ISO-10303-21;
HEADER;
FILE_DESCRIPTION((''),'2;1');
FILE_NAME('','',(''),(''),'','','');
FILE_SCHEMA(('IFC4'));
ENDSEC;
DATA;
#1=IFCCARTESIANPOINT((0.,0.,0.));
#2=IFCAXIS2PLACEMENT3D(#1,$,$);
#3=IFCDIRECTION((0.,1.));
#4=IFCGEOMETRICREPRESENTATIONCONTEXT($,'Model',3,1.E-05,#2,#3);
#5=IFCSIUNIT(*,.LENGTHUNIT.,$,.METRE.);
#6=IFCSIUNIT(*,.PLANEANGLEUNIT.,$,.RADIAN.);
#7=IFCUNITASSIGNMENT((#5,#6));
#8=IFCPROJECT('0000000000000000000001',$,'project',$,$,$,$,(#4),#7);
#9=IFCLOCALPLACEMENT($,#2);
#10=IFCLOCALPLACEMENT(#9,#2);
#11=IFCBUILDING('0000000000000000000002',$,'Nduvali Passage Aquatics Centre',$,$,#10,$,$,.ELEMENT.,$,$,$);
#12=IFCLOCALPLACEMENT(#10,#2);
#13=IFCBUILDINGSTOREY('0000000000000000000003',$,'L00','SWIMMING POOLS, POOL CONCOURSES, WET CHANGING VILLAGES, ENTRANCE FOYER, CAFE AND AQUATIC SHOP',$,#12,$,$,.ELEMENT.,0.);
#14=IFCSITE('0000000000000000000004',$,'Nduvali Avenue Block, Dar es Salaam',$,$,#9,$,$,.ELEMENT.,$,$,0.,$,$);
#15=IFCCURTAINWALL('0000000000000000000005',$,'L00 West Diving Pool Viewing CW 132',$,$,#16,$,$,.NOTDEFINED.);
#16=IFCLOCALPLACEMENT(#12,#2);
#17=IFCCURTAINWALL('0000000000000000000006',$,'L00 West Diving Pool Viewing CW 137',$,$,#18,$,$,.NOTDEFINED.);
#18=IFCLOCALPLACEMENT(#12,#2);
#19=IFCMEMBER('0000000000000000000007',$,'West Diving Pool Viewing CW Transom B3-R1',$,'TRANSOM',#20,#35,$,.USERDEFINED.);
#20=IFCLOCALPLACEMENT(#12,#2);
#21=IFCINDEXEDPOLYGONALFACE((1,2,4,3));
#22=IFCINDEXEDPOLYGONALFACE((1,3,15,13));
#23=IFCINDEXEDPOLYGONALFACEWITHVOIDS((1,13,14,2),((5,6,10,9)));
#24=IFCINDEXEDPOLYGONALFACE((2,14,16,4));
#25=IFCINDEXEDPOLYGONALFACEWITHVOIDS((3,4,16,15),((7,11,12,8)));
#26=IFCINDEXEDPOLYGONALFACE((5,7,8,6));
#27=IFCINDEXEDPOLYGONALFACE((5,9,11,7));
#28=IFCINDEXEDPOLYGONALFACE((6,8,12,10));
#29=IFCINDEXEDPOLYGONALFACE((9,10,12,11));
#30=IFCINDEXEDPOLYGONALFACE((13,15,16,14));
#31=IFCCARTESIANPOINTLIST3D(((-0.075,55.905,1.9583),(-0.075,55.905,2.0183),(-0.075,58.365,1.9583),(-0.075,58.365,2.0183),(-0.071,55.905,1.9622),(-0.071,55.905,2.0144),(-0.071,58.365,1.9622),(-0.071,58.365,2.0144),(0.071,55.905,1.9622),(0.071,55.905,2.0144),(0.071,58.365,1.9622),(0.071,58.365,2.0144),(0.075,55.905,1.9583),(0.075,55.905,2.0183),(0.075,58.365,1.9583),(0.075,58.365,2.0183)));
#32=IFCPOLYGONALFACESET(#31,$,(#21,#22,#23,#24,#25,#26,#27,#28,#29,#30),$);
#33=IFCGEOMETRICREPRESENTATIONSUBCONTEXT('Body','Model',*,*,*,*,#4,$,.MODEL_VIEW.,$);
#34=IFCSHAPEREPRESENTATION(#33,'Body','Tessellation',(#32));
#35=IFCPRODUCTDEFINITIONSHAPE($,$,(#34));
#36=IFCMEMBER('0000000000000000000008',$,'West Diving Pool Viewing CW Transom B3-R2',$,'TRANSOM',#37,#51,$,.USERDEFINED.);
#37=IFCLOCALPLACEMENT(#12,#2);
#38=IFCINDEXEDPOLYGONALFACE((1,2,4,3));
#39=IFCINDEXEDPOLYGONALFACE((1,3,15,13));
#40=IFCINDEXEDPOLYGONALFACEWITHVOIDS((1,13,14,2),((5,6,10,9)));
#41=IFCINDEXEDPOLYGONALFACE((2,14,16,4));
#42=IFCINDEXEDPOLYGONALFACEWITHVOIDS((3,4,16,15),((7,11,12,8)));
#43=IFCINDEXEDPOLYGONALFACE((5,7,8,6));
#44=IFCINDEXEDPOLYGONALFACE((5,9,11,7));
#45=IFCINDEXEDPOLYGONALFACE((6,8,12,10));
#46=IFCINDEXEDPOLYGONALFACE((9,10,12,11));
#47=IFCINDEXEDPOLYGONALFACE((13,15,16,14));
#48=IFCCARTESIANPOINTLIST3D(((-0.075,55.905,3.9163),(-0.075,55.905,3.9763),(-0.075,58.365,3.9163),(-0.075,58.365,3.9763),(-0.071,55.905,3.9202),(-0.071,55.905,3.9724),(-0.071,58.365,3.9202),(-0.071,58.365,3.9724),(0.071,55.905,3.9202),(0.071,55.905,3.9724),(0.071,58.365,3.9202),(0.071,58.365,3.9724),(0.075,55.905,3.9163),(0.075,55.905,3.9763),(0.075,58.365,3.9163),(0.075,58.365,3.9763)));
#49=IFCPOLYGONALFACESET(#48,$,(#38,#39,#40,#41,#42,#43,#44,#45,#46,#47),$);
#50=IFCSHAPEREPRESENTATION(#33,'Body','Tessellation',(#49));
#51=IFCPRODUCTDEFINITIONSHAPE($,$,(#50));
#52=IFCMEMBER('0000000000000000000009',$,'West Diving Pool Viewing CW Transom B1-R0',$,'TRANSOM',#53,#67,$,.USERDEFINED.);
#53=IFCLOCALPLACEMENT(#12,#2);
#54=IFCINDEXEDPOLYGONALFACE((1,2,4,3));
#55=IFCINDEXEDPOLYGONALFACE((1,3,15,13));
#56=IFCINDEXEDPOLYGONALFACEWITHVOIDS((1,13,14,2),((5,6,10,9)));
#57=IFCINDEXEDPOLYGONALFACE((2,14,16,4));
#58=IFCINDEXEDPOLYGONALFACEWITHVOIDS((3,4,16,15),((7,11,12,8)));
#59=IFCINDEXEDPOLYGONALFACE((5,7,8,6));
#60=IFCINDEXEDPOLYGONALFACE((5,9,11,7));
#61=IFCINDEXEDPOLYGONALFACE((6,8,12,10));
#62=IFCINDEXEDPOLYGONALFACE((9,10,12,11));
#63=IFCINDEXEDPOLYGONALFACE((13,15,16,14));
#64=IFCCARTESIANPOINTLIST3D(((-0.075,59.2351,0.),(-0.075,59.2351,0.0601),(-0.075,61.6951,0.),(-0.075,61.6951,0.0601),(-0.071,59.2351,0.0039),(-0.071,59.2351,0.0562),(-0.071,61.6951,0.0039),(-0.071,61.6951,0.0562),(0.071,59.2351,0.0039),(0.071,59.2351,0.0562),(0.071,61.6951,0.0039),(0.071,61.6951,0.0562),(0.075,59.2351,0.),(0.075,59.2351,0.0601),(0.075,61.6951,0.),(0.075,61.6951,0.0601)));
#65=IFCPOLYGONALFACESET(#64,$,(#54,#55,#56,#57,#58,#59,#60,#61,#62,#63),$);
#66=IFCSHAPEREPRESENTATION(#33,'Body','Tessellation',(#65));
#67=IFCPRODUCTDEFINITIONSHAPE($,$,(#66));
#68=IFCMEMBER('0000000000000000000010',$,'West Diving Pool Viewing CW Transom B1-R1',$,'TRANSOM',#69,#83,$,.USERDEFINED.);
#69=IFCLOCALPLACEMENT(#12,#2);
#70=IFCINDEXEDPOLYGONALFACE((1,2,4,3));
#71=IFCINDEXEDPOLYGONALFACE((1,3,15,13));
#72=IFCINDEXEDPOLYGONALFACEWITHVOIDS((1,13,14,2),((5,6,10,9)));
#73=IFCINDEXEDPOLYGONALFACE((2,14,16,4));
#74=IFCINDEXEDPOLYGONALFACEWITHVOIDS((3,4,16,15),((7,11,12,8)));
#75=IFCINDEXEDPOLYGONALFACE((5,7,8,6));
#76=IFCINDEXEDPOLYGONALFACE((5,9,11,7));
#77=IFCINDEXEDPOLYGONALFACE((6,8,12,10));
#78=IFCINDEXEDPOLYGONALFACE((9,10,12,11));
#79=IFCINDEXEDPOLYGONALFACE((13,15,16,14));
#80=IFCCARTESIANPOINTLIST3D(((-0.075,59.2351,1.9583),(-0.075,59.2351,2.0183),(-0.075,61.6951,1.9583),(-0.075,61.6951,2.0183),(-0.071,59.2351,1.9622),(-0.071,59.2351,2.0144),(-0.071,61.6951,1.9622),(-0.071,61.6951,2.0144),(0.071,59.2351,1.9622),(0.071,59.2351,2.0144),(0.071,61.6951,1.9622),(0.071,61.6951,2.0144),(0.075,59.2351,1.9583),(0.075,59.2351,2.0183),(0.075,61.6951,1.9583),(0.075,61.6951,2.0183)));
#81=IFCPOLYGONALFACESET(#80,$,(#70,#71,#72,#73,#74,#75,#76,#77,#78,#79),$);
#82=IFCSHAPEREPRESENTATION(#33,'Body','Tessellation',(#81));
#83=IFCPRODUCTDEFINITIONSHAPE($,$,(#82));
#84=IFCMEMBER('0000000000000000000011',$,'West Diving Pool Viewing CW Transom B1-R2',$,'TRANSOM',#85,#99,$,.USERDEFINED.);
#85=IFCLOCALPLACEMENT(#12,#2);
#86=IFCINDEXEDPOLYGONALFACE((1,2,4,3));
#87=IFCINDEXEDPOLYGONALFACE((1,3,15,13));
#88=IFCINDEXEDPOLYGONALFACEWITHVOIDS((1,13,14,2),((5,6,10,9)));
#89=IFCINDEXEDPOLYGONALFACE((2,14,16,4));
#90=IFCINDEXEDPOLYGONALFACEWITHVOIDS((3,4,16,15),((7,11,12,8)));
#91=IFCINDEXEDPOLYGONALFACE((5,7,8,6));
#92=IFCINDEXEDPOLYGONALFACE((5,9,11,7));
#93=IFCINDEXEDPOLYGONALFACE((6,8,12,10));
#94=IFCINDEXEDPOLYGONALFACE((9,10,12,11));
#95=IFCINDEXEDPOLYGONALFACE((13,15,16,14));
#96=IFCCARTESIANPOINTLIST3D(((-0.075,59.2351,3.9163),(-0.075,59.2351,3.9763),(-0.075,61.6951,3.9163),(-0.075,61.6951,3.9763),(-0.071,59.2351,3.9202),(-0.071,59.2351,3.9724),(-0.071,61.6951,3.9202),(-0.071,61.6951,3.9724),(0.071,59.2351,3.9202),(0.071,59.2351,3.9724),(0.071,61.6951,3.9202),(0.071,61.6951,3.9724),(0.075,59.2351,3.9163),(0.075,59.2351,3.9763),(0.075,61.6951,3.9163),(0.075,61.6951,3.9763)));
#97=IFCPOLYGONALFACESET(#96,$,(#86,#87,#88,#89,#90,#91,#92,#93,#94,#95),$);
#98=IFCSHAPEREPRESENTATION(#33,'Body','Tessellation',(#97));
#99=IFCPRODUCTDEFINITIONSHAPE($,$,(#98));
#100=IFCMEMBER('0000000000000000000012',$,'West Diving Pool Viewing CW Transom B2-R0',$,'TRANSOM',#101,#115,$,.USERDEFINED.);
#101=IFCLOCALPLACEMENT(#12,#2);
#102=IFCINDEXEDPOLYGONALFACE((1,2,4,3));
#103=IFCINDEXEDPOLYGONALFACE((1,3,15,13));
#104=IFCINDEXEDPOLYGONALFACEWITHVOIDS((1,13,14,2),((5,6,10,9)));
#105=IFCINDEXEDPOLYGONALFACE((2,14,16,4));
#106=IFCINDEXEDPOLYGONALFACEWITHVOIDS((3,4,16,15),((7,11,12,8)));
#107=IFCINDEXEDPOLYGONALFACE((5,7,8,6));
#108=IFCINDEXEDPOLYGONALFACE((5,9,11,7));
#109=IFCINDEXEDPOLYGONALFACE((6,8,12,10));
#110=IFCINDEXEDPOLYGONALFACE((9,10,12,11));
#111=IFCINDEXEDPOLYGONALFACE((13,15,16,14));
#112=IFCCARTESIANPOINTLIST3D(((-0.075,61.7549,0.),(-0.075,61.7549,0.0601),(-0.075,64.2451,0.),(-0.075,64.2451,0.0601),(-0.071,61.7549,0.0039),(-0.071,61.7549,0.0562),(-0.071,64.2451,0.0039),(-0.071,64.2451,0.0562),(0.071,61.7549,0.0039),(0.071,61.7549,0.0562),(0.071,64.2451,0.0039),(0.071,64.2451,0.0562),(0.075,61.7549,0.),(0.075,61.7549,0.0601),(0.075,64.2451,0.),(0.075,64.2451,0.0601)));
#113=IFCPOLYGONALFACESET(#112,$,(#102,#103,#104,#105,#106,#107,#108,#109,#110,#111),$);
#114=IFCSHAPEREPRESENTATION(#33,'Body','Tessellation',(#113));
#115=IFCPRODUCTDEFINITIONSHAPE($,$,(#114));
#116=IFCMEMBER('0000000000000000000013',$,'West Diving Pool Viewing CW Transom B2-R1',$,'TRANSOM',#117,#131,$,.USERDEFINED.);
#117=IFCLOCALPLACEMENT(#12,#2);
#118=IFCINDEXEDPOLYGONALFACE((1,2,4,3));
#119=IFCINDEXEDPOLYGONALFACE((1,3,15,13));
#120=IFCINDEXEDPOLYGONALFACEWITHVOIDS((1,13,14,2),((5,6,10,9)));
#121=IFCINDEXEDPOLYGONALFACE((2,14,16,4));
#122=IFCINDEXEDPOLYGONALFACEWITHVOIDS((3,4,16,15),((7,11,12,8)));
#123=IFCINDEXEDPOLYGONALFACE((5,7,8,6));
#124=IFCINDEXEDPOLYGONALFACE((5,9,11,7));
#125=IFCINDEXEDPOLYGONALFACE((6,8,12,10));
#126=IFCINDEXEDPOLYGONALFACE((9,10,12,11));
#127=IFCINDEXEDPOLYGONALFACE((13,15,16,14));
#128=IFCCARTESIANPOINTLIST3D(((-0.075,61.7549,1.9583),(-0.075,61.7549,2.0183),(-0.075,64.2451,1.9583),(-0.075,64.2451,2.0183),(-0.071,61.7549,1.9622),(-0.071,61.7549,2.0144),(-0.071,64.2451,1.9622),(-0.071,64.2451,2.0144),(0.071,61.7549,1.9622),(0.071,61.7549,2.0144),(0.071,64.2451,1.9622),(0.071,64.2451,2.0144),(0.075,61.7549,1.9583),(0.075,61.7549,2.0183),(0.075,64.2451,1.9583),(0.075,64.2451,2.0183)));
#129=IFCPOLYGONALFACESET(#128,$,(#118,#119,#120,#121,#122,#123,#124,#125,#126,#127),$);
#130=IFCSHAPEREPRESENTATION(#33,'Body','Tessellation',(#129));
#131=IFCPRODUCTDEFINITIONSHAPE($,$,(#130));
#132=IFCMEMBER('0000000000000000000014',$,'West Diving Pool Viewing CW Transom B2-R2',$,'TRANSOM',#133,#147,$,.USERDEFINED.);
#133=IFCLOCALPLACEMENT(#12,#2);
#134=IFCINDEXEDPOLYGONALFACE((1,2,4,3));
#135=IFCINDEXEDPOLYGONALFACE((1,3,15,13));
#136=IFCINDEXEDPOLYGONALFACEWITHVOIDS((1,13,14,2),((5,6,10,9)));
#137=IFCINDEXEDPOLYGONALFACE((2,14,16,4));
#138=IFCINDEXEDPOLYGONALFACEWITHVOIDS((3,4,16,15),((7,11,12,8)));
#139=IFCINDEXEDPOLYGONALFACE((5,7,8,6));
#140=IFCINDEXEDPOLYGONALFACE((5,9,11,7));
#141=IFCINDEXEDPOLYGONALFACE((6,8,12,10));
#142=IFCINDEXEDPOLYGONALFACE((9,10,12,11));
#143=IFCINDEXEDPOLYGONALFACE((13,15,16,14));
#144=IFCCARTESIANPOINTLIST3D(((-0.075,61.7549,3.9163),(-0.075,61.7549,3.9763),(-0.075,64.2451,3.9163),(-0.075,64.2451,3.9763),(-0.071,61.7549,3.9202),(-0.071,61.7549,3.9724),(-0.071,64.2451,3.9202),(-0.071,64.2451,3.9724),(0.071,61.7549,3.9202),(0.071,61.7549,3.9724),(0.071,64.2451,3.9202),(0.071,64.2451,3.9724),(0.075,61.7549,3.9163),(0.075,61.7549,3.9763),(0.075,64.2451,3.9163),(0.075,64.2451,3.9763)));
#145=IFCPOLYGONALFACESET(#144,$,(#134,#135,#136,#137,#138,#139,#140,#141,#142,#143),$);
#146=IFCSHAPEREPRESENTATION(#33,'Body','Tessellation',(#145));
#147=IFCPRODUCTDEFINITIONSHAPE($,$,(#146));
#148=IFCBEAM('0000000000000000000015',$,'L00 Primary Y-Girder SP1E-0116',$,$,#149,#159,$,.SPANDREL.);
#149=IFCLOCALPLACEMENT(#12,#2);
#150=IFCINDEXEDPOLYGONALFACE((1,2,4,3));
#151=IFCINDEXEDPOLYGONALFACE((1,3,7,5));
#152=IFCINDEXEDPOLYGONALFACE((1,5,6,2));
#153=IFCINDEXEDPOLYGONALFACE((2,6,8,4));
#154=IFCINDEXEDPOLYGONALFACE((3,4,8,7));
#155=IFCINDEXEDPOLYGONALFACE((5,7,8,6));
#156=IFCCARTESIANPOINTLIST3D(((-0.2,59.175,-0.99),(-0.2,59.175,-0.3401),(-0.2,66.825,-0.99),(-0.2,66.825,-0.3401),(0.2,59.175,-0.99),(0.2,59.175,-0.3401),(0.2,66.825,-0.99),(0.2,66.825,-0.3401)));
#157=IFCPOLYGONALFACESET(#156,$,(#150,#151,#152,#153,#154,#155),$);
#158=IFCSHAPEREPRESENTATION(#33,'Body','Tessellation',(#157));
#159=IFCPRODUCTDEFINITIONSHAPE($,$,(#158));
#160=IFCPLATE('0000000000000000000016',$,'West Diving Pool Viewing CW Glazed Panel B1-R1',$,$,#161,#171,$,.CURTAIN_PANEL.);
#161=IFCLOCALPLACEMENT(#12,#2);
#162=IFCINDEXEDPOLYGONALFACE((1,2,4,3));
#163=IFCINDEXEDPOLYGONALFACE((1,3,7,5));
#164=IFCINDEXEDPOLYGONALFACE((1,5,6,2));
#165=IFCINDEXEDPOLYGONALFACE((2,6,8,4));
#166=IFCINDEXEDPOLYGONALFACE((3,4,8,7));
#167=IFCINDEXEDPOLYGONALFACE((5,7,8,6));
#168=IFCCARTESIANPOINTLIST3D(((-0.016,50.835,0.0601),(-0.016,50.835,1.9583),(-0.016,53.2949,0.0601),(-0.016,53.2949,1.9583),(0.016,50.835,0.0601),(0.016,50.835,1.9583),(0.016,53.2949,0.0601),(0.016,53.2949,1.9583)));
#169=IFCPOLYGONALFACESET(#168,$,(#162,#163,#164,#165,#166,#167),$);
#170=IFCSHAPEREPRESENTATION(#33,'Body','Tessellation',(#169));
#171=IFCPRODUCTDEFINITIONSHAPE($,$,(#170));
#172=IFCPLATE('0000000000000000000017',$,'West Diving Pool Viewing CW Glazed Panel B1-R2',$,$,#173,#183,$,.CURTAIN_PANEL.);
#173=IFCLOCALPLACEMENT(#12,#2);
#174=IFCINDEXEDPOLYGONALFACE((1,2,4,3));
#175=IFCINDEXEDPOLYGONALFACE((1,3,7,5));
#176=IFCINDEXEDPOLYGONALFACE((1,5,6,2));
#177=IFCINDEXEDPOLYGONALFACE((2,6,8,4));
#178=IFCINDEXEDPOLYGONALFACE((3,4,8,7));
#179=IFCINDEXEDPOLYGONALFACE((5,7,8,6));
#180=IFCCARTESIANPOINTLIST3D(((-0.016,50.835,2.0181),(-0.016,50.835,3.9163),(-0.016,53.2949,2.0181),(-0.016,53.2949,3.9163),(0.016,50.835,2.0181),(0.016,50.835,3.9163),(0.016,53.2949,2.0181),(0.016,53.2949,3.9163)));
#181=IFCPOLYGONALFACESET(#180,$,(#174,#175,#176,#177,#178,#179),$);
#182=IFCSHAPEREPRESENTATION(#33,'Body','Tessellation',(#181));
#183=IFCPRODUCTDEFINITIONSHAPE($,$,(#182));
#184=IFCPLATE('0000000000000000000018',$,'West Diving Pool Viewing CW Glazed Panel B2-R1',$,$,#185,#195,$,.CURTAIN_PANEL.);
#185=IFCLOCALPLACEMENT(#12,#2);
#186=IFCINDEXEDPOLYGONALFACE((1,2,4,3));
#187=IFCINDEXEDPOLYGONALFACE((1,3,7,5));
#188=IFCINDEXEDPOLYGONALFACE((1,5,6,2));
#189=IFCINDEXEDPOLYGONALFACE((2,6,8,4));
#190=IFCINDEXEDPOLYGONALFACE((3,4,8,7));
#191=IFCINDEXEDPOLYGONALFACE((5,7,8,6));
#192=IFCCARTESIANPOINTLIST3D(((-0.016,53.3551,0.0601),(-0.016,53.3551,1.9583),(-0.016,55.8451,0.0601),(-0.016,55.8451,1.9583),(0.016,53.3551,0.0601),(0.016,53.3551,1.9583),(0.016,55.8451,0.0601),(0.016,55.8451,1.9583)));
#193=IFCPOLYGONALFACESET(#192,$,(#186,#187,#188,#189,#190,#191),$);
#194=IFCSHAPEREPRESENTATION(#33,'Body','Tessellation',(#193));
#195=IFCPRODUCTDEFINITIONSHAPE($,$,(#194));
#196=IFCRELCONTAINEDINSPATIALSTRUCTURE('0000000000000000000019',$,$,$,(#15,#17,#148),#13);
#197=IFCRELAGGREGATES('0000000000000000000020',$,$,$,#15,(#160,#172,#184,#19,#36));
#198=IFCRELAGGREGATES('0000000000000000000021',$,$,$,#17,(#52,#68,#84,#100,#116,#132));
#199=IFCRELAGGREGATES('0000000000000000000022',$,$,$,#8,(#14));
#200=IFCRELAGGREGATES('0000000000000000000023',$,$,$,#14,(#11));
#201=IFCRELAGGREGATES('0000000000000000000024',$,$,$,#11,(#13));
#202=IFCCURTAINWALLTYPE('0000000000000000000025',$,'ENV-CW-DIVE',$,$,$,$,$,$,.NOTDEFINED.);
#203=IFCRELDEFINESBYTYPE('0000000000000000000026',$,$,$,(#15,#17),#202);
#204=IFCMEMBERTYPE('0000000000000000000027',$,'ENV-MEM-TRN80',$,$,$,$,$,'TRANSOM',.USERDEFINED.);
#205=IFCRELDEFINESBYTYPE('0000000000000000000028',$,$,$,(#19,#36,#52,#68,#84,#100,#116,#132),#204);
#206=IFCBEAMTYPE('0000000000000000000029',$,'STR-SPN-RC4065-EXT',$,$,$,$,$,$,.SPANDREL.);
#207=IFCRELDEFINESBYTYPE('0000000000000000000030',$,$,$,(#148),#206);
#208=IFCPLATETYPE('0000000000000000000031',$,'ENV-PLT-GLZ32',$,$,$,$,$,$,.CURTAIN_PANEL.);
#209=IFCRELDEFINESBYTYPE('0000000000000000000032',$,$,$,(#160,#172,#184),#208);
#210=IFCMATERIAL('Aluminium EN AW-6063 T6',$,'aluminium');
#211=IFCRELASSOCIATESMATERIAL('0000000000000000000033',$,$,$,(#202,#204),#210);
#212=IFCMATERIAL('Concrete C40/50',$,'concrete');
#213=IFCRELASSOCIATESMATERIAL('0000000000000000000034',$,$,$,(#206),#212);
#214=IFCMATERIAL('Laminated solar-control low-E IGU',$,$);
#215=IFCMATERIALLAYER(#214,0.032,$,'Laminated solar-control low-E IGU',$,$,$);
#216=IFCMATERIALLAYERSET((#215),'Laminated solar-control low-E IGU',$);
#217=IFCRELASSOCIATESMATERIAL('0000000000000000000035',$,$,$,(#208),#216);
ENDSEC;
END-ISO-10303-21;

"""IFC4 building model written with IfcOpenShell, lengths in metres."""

from ifc_helpers import new_model, si_unit, direction, frame, origin, origin_2d, place, context, subcontext, project, spatial, rectangle, hollow_rectangle, extrude, material, layer, layer_set, material_profile, profile_set, type_object, element, aggregate, save


model = new_model("IFC4")

# Units and contexts
model_context = context("Model", 3, precision=1e-05, world=origin(), true_north=direction((0.0, 1.0)))
body_context = subcontext(model_context, "Body", "Model", "MODEL_VIEW")
ifc_project = project(units=[si_unit("LENGTHUNIT", "METRE"), si_unit("PLANEANGLEUNIT", "RADIAN")], contexts=[model_context])

# Site, building, storey
site_placement = place(None, origin())
site = spatial("IfcSite", under=ifc_project, at=site_placement, Name="Nduvali Avenue Block, Dar es Salaam", CompositionType="ELEMENT", RefElevation=0.0)
building_placement = place(site_placement, origin())
building = spatial("IfcBuilding", under=site, at=building_placement, Name="Nduvali Passage Aquatics Centre", CompositionType="ELEMENT")
storey_placement = place(building_placement, origin())
storey = spatial("IfcBuildingStorey", under=building, at=storey_placement, Name="L00", Description="SWIMMING POOLS, POOL CONCOURSES, WET CHANGING VILLAGES, ENTRANCE FOYER, CAFE AND AQUATIC SHOP", CompositionType="ELEMENT", Elevation=0.0)

# Shared definitions
ifc_material_1 = material(Name="Concrete C40/50", Category="concrete")

# Curtain walls
ifc_material_2 = material(Name="Aluminium EN AW-6063 T6", Category="aluminium")
curtain_wall_type = type_object("IfcCurtainWallType", Name="ENV-CW-DIVE", PredefinedType="NOTDEFINED", material=ifc_material_2)
curtain_wall_1_placement = place(storey_placement, origin())
curtain_wall_1 = element("IfcCurtainWall", 1, at=curtain_wall_1_placement, inside=storey, type_object=curtain_wall_type, Name="L00 West Diving Pool Viewing CW 132", PredefinedType="NOTDEFINED")
curtain_wall_2_placement = place(storey_placement, origin())
curtain_wall_2 = element("IfcCurtainWall", 2, at=curtain_wall_2_placement, inside=storey, type_object=curtain_wall_type, Name="L00 West Diving Pool Viewing CW 137", PredefinedType="NOTDEFINED")

# Members
ifc_material_profile_1 = material_profile(ifc_material_2, hollow_rectangle(XDim=0.1499, YDim=0.0601, WallThickness=0.0039, at=origin_2d()), Name="ALU TRANSOM 150x60x4")
ifc_profile_set_1 = profile_set([ifc_material_profile_1], Name="Aluminium EN AW-6063 T6")
member_type_1 = type_object("IfcMemberType", Name="ENV-MEM-TRN80", ElementType="TRANSOM", PredefinedType="USERDEFINED", material=ifc_profile_set_1)
member_1_placement = place(storey_placement, frame((0.0, 55.905, 1.9883), z_axis=(0.0, 1.0, 0.0), x_axis=(-1.0, 0.0, 0.0)))
member_1 = element("IfcMember", 3, at=member_1_placement, type_object=member_type_1, Name="West Diving Pool Viewing CW Transom B3-R1", ObjectType="TRANSOM", PredefinedType="USERDEFINED", context=body_context, shape_type="SweptSolid", body=[
    extrude(hollow_rectangle(XDim=0.1499, YDim=0.0601, WallThickness=0.0039, at=origin_2d()), origin(), (0.0, 0.0, 1.0), 2.46),
])
member_2_placement = place(storey_placement, frame((0.0, 55.905, 3.9463), z_axis=(0.0, 1.0, 0.0), x_axis=(-1.0, 0.0, 0.0)))
member_2 = element("IfcMember", 4, at=member_2_placement, type_object=member_type_1, Name="West Diving Pool Viewing CW Transom B3-R2", ObjectType="TRANSOM", PredefinedType="USERDEFINED", context=body_context, shape_type="SweptSolid", body=[
    extrude(hollow_rectangle(XDim=0.1499, YDim=0.0601, WallThickness=0.0039, at=origin_2d()), origin(), (0.0, 0.0, 1.0), 2.46),
])
member_3_placement = place(storey_placement, frame((0.0, 59.2351, 0.03), z_axis=(0.0, 1.0, 0.0), x_axis=(-1.0, 0.0, 0.0)))
member_3 = element("IfcMember", 5, at=member_3_placement, type_object=member_type_1, Name="West Diving Pool Viewing CW Transom B1-R0", ObjectType="TRANSOM", PredefinedType="USERDEFINED", context=body_context, shape_type="SweptSolid", body=[
    extrude(hollow_rectangle(XDim=0.1499, YDim=0.0601, WallThickness=0.0039, at=origin_2d()), origin(), (0.0, 0.0, 1.0), 2.46),
])
member_4_placement = place(storey_placement, frame((0.0, 59.2351, 1.9883), z_axis=(0.0, 1.0, 0.0), x_axis=(-1.0, 0.0, 0.0)))
member_4 = element("IfcMember", 6, at=member_4_placement, type_object=member_type_1, Name="West Diving Pool Viewing CW Transom B1-R1", ObjectType="TRANSOM", PredefinedType="USERDEFINED", context=body_context, shape_type="SweptSolid", body=[
    extrude(hollow_rectangle(XDim=0.1499, YDim=0.0601, WallThickness=0.0039, at=origin_2d()), origin(), (0.0, 0.0, 1.0), 2.46),
])
member_5_placement = place(storey_placement, frame((0.0, 59.2351, 3.9463), z_axis=(0.0, 1.0, 0.0), x_axis=(-1.0, 0.0, 0.0)))
member_5 = element("IfcMember", 7, at=member_5_placement, type_object=member_type_1, Name="West Diving Pool Viewing CW Transom B1-R2", ObjectType="TRANSOM", PredefinedType="USERDEFINED", context=body_context, shape_type="SweptSolid", body=[
    extrude(hollow_rectangle(XDim=0.1499, YDim=0.0601, WallThickness=0.0039, at=origin_2d()), origin(), (0.0, 0.0, 1.0), 2.46),
])
member_6_placement = place(storey_placement, frame((0.0, 61.7549, 0.03), z_axis=(0.0, 1.0, 0.0), x_axis=(-1.0, 0.0, 0.0)))
member_6 = element("IfcMember", 8, at=member_6_placement, type_object=member_type_1, Name="West Diving Pool Viewing CW Transom B2-R0", ObjectType="TRANSOM", PredefinedType="USERDEFINED", context=body_context, shape_type="SweptSolid", body=[
    extrude(hollow_rectangle(XDim=0.1499, YDim=0.0601, WallThickness=0.0039, at=origin_2d()), origin(), (0.0, 0.0, 1.0), 2.4902),
])
member_7_placement = place(storey_placement, frame((0.0, 61.7549, 1.9883), z_axis=(0.0, 1.0, 0.0), x_axis=(-1.0, 0.0, 0.0)))
member_7 = element("IfcMember", 9, at=member_7_placement, type_object=member_type_1, Name="West Diving Pool Viewing CW Transom B2-R1", ObjectType="TRANSOM", PredefinedType="USERDEFINED", context=body_context, shape_type="SweptSolid", body=[
    extrude(hollow_rectangle(XDim=0.1499, YDim=0.0601, WallThickness=0.0039, at=origin_2d()), origin(), (0.0, 0.0, 1.0), 2.4902),
])
member_8_placement = place(storey_placement, frame((0.0, 61.7549, 3.9463), z_axis=(0.0, 1.0, 0.0), x_axis=(-1.0, 0.0, 0.0)))
member_8 = element("IfcMember", 10, at=member_8_placement, type_object=member_type_1, Name="West Diving Pool Viewing CW Transom B2-R2", ObjectType="TRANSOM", PredefinedType="USERDEFINED", context=body_context, shape_type="SweptSolid", body=[
    extrude(hollow_rectangle(XDim=0.1499, YDim=0.0601, WallThickness=0.0039, at=origin_2d()), origin(), (0.0, 0.0, 1.0), 2.4902),
])

# Beam
ifc_material_profile_2 = material_profile(ifc_material_1, rectangle(XDim=0.3999, YDim=0.6499, at=origin_2d()), Name="RC 400x650")
ifc_profile_set_2 = profile_set([ifc_material_profile_2], Name="Concrete C40/50")
beam_type = type_object("IfcBeamType", Name="STR-SPN-RC4065-EXT", PredefinedType="SPANDREL", material=ifc_profile_set_2)
beam_placement = place(storey_placement, frame((0.0, 59.175, -0.665), z_axis=(0.0, 1.0, 0.0), x_axis=(-1.0, 0.0, 0.0)))
element("IfcBeam", 11, at=beam_placement, inside=storey, type_object=beam_type, Name="L00 Primary Y-Girder SP1E-0116", PredefinedType="SPANDREL", context=body_context, shape_type="SweptSolid", body=[
    extrude(rectangle(XDim=0.3999, YDim=0.6499, at=origin_2d()), origin(), (0.0, 0.0, 1.0), 7.6499),
])

# Plates
ifc_material_3 = material(Name="Laminated solar-control low-E IGU")
ifc_layer = layer(ifc_material_3, 0.032, Name="Laminated solar-control low-E IGU")
ifc_layer_set = layer_set([ifc_layer], Name="Laminated solar-control low-E IGU")
plate_type = type_object("IfcPlateType", Name="ENV-PLT-GLZ32", PredefinedType="CURTAIN_PANEL", material=ifc_layer_set)
plate_1_placement = place(storey_placement, frame((0.0, 52.0649, 0.0601), z_axis=(0.0, 0.0, 1.0), x_axis=(0.0, 1.0, 0.0)))
plate_1 = element("IfcPlate", 12, at=plate_1_placement, type_object=plate_type, Name="West Diving Pool Viewing CW Glazed Panel B1-R1", PredefinedType="CURTAIN_PANEL", context=body_context, shape_type="SweptSolid", body=[
    extrude(rectangle(XDim=2.46, YDim=0.032, at=origin_2d()), origin(), (0.0, 0.0, 1.0), 1.8982),
])
plate_2_placement = place(storey_placement, frame((0.0, 52.0649, 2.0181), z_axis=(0.0, 0.0, 1.0), x_axis=(0.0, 1.0, 0.0)))
plate_2 = element("IfcPlate", 13, at=plate_2_placement, type_object=plate_type, Name="West Diving Pool Viewing CW Glazed Panel B1-R2", PredefinedType="CURTAIN_PANEL", context=body_context, shape_type="SweptSolid", body=[
    extrude(rectangle(XDim=2.46, YDim=0.032, at=origin_2d()), origin(), (0.0, 0.0, 1.0), 1.8982),
])
plate_3_placement = place(storey_placement, frame((0.0, 54.6001, 0.0601), z_axis=(0.0, 0.0, 1.0), x_axis=(0.0, 1.0, 0.0)))
plate_3 = element("IfcPlate", 14, at=plate_3_placement, type_object=plate_type, Name="West Diving Pool Viewing CW Glazed Panel B2-R1", PredefinedType="CURTAIN_PANEL", context=body_context, shape_type="SweptSolid", body=[
    extrude(rectangle(XDim=2.49, YDim=0.032, at=origin_2d()), origin(), (0.0, 0.0, 1.0), 1.8982),
])
aggregate(curtain_wall_1, [plate_1, plate_2, plate_3, member_1, member_2])
aggregate(curtain_wall_2, [member_3, member_4, member_5, member_6, member_7, member_8])

save(model, "model.ifc")
